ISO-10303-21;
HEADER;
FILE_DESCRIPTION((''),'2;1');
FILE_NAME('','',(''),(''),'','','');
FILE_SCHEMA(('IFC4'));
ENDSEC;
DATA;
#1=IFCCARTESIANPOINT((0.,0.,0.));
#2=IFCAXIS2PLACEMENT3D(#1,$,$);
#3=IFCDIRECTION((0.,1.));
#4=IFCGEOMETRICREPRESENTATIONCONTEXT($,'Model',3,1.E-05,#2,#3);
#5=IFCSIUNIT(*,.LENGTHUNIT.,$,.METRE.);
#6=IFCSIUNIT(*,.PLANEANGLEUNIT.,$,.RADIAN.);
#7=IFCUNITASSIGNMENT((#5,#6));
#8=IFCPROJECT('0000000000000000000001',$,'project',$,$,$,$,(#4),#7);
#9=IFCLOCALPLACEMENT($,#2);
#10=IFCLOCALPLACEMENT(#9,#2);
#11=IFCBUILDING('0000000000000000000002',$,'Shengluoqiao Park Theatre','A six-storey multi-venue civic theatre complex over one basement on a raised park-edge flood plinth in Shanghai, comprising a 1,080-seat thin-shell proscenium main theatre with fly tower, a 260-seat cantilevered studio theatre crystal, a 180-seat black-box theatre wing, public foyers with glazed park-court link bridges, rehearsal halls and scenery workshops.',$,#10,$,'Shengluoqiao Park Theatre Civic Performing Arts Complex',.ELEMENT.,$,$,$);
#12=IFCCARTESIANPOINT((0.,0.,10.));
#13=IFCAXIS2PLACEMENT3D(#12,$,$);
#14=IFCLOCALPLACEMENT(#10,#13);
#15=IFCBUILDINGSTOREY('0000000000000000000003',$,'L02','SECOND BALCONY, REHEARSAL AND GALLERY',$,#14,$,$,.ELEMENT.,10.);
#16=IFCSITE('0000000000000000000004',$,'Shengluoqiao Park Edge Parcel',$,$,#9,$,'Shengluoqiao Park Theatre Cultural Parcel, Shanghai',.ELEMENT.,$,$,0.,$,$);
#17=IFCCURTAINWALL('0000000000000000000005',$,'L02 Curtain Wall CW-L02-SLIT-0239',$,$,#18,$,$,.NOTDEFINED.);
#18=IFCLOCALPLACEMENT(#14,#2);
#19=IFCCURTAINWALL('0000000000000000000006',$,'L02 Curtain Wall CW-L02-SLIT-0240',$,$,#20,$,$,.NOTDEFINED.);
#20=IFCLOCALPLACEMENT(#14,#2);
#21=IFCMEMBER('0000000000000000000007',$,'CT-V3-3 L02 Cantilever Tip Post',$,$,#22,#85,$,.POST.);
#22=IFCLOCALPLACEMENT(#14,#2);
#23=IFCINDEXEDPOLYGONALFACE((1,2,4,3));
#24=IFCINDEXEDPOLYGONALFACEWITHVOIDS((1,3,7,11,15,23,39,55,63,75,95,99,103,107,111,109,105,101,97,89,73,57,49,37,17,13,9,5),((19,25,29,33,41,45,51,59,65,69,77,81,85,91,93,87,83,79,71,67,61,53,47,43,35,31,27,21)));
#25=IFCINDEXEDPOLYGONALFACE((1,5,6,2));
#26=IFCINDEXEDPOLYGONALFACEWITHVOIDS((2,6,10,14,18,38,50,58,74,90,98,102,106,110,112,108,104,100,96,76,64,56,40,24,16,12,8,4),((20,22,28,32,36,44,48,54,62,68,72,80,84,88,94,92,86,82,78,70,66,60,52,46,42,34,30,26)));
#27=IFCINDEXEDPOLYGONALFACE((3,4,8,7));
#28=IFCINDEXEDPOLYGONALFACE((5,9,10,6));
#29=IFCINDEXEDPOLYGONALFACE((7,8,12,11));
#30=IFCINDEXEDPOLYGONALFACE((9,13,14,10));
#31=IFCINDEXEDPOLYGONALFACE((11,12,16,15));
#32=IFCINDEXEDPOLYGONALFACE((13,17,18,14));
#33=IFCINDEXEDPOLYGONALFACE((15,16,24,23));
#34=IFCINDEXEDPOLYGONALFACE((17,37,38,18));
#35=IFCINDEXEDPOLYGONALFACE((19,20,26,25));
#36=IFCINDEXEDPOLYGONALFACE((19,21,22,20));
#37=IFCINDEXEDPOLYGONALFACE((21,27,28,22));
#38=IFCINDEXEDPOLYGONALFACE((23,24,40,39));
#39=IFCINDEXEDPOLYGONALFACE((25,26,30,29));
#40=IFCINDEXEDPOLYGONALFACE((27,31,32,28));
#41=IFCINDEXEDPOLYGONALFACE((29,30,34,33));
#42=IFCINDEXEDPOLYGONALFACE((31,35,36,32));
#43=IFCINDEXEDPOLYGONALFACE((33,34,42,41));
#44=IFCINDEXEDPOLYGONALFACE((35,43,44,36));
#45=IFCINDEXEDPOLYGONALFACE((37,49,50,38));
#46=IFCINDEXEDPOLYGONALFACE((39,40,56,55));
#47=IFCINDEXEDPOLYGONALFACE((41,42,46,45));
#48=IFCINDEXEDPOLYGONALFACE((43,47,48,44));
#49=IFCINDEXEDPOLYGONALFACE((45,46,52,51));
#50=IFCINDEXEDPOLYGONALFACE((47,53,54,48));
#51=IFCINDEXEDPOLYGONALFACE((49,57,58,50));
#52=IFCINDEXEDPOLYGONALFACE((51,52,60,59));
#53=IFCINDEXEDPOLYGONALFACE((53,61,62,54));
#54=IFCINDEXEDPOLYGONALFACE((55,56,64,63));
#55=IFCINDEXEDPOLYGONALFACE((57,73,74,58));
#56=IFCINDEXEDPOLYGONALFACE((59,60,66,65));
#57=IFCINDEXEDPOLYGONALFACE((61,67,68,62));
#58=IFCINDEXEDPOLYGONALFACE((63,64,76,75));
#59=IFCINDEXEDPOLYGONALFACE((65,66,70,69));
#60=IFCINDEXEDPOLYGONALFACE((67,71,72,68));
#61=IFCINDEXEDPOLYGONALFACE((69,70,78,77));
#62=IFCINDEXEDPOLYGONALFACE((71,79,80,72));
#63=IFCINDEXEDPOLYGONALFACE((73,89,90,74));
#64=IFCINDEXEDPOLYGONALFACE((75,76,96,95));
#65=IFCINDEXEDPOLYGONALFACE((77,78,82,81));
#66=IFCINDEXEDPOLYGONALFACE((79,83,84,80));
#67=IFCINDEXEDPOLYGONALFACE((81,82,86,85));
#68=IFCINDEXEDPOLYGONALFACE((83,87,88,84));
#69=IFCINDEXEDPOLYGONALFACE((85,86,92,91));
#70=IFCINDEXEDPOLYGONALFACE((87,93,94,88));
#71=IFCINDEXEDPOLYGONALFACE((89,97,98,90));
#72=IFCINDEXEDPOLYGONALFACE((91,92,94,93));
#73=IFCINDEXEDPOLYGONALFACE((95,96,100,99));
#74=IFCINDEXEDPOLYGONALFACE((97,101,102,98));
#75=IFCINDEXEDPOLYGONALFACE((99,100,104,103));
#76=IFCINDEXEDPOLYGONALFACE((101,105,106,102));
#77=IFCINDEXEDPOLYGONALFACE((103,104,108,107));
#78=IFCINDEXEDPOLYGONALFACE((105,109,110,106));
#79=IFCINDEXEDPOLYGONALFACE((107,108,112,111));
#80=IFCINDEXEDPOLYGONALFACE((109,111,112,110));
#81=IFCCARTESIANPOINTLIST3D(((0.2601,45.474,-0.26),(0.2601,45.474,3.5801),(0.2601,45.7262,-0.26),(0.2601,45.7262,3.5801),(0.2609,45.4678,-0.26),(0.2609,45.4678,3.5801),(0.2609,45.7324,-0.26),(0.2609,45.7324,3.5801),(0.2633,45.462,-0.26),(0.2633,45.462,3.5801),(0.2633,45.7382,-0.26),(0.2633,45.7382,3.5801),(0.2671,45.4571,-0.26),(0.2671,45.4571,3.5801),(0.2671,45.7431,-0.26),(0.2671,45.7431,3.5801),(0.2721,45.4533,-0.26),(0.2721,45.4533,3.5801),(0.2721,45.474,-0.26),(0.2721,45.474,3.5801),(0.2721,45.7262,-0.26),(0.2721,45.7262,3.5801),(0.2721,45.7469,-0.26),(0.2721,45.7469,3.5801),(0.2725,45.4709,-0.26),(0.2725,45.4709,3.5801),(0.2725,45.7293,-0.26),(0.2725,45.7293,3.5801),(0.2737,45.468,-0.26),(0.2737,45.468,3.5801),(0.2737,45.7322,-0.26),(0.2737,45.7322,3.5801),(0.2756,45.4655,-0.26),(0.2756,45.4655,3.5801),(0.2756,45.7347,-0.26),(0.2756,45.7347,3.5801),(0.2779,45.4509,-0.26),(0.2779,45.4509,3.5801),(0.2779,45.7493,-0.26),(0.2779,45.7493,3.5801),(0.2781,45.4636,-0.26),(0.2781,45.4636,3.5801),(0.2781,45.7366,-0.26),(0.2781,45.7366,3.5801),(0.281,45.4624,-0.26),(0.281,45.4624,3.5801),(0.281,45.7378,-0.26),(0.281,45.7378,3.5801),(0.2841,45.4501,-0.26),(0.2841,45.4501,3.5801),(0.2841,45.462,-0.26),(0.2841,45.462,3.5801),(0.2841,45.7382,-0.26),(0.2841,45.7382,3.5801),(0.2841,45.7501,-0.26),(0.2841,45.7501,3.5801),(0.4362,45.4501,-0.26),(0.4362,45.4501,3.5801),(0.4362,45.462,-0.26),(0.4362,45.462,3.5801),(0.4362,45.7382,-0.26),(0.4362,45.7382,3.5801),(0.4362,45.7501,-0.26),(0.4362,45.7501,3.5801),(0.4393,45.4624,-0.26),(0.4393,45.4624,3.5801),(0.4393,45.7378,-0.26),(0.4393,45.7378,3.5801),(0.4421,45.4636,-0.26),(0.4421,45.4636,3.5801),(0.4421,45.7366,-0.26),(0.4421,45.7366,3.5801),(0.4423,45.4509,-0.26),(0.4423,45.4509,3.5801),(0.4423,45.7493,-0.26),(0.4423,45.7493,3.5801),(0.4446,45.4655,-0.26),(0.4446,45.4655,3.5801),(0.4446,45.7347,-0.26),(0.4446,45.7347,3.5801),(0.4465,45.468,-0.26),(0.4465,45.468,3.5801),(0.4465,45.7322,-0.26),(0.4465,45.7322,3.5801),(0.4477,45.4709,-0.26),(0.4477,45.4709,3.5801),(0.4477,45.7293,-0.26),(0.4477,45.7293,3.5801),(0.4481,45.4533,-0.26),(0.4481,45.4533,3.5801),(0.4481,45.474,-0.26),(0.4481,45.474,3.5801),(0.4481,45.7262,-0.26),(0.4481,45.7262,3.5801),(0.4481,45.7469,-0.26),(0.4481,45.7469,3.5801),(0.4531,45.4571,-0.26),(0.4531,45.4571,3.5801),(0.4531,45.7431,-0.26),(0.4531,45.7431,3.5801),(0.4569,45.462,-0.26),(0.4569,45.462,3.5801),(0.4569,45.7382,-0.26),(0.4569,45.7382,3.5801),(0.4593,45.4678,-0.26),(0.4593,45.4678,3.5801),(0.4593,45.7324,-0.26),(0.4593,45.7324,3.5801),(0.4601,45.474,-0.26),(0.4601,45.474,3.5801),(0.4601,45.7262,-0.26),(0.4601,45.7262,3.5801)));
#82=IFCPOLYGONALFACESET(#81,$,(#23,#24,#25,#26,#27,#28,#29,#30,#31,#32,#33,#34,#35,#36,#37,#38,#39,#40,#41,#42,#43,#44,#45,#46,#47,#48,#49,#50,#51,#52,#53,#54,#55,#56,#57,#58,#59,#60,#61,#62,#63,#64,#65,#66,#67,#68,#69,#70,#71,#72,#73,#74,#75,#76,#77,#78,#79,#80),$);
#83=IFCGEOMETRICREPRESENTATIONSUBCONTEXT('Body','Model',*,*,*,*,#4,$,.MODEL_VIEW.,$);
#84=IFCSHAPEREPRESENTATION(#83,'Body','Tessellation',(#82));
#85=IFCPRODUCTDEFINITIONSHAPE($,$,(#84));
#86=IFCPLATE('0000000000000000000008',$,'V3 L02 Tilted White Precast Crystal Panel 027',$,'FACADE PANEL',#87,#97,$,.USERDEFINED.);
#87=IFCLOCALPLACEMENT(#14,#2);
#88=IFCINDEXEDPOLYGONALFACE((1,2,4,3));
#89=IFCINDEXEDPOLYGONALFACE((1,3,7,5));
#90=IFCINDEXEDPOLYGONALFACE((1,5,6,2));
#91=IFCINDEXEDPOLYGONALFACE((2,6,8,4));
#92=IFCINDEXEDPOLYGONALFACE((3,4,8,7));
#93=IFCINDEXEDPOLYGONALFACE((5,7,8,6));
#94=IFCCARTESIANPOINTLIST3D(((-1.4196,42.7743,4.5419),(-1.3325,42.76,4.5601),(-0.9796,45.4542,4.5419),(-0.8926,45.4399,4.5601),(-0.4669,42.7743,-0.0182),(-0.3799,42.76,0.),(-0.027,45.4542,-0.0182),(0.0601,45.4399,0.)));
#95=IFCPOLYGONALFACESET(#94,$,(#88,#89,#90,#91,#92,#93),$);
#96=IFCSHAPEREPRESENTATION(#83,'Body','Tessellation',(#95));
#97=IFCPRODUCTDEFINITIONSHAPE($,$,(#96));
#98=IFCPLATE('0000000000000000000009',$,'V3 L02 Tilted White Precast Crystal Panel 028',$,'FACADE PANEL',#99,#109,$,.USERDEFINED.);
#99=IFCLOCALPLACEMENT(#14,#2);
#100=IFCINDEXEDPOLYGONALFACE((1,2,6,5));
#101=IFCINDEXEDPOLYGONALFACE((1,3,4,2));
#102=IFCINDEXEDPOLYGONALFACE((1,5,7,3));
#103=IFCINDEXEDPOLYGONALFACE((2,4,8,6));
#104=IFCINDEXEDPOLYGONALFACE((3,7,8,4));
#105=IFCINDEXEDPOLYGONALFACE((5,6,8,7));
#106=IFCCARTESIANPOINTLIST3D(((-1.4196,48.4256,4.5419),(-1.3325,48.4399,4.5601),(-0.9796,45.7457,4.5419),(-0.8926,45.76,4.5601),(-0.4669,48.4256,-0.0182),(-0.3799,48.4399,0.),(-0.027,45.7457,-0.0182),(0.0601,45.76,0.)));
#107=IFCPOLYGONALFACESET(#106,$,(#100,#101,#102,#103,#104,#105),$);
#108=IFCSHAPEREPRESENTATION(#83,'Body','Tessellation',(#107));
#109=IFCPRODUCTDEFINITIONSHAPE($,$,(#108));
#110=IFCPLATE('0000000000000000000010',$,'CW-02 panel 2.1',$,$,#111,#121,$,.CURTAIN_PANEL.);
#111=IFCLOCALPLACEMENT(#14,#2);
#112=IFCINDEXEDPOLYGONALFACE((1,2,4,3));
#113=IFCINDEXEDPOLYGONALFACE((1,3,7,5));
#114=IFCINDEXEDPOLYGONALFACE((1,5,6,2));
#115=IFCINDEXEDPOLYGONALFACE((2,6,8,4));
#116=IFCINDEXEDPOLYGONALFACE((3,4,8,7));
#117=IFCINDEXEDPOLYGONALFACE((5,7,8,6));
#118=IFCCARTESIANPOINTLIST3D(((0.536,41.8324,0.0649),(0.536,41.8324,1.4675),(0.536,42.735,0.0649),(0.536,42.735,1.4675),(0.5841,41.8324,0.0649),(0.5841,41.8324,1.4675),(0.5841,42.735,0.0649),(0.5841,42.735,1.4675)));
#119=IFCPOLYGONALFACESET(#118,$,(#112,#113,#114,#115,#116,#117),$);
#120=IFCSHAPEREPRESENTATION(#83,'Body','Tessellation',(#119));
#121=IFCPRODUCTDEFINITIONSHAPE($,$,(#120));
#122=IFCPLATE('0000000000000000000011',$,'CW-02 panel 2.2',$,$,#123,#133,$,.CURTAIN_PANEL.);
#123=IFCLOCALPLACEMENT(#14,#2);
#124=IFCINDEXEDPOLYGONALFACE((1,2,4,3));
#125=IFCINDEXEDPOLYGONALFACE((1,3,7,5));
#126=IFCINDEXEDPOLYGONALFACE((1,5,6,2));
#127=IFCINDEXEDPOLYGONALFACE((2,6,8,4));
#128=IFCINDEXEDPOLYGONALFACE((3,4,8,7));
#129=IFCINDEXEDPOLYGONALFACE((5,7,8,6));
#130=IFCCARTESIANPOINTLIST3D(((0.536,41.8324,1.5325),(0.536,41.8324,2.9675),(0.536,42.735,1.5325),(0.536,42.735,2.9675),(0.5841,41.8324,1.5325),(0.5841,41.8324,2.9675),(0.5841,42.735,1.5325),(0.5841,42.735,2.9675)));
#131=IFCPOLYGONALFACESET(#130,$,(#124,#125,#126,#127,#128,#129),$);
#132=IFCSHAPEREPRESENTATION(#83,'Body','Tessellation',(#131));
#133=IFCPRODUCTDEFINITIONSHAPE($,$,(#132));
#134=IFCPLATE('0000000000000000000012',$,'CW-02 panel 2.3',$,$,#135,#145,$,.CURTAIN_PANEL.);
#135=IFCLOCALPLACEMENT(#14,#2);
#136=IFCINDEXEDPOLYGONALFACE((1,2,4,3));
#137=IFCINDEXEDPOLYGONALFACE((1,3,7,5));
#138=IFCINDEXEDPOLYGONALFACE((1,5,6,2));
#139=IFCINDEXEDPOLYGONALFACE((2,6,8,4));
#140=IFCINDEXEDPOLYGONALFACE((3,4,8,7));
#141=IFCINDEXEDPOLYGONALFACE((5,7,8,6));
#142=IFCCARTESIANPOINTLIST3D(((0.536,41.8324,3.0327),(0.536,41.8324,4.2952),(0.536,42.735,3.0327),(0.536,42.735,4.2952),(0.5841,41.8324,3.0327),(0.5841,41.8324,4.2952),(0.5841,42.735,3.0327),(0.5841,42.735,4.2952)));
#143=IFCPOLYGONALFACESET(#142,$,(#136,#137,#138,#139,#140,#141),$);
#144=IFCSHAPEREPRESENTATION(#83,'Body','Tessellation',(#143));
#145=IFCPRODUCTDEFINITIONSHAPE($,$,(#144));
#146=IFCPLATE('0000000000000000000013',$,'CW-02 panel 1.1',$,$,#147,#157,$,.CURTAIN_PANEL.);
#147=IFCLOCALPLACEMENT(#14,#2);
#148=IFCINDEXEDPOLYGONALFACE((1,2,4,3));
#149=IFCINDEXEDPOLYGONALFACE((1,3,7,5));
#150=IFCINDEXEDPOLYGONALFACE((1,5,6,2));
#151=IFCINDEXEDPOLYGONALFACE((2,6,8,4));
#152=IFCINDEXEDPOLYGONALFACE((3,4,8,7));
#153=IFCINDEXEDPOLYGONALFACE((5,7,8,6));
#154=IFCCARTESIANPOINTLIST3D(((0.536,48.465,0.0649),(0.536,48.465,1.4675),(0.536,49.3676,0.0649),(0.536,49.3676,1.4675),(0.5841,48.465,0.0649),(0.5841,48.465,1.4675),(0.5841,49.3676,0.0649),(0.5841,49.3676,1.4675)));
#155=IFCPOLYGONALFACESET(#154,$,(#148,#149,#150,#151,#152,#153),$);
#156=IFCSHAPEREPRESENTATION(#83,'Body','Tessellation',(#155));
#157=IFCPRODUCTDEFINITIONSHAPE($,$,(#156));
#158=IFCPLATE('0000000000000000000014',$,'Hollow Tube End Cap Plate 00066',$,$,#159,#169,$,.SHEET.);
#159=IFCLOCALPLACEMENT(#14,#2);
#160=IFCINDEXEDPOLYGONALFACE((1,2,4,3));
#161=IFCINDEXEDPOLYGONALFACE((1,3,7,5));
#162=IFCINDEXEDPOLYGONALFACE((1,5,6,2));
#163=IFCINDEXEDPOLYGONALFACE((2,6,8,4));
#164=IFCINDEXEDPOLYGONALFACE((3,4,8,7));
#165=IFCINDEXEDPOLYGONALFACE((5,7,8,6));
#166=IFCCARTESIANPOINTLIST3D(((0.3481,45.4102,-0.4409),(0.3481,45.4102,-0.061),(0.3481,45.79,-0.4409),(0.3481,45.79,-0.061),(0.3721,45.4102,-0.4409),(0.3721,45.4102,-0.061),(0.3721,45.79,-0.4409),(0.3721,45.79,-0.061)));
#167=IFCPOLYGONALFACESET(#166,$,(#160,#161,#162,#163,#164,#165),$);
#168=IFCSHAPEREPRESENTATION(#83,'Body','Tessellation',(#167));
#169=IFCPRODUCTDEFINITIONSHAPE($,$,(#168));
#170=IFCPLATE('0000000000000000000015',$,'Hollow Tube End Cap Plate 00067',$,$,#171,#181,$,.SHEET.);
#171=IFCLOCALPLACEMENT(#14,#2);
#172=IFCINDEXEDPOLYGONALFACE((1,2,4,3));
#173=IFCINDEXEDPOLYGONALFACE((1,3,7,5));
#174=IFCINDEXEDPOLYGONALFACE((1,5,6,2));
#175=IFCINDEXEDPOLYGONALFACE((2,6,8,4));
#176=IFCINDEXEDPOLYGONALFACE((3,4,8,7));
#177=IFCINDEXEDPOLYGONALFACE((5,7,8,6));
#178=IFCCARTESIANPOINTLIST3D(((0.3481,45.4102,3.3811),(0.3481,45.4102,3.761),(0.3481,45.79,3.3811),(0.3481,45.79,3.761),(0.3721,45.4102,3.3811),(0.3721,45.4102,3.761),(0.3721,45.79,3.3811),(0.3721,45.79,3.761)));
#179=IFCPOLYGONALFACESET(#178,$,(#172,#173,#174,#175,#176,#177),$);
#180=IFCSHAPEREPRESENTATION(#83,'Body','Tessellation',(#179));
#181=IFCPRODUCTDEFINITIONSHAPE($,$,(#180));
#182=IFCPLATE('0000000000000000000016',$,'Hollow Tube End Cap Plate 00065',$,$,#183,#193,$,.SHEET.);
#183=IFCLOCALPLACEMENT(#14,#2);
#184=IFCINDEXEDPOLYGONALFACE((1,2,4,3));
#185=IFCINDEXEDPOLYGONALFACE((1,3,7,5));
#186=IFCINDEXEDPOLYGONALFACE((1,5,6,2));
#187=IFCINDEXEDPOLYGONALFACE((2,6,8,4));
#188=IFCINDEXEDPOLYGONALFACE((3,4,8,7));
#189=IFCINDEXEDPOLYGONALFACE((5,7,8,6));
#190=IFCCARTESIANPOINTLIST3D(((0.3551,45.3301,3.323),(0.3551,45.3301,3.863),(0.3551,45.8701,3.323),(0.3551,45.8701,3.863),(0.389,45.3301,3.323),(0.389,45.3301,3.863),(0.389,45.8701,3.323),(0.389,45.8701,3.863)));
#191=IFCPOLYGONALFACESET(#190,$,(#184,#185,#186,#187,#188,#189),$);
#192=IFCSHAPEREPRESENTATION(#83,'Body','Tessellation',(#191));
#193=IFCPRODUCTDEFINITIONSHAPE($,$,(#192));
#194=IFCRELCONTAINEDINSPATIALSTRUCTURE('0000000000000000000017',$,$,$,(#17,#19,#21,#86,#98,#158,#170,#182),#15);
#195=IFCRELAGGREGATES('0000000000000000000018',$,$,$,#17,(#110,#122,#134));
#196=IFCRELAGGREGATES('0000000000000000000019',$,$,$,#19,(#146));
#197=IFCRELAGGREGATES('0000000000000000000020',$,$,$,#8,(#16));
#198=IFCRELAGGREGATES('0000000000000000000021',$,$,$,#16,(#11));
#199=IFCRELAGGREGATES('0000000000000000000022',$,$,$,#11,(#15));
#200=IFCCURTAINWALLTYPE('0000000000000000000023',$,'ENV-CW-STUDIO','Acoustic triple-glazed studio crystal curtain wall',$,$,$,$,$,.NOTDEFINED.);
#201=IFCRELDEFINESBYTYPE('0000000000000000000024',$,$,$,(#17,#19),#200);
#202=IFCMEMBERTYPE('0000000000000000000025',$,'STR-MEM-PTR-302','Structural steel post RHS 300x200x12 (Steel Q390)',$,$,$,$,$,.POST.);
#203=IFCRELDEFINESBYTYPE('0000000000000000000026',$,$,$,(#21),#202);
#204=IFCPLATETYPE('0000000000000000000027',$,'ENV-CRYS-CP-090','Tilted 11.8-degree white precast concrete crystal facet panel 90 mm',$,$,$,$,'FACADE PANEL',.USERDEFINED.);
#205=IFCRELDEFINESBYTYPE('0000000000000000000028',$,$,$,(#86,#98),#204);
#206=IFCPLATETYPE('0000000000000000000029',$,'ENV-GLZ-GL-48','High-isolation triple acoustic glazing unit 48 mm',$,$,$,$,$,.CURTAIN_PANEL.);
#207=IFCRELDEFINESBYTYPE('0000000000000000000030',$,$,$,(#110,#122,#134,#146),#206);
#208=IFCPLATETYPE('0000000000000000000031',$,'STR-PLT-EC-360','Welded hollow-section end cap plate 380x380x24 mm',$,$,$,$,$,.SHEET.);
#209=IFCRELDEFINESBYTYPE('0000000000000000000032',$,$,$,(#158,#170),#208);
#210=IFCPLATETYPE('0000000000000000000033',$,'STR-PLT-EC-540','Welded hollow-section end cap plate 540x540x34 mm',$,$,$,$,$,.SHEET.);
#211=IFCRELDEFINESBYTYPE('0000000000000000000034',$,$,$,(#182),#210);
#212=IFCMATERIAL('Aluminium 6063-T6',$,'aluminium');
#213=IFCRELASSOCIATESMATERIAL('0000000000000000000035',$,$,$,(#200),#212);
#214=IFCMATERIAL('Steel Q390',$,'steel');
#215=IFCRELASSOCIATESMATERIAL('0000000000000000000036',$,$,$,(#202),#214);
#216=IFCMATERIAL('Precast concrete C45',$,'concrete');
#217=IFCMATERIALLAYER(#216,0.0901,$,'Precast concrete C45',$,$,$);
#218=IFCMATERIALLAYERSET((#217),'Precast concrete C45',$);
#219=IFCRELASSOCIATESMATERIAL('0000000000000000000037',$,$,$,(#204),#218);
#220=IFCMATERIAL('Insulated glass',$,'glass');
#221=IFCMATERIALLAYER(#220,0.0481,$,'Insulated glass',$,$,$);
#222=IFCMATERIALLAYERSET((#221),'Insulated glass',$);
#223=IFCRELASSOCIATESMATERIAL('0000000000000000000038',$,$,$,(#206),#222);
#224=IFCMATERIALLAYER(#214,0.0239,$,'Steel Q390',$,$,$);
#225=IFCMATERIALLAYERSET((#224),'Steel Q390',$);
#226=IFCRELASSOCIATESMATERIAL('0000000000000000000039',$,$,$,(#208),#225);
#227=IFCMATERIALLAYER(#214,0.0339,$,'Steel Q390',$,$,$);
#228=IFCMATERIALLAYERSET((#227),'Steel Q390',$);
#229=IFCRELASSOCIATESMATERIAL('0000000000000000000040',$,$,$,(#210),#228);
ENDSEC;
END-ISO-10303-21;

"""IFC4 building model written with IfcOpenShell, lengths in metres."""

from ifc_helpers import new_model, si_unit, direction, frame, origin, origin_2d, place, context, subcontext, project, spatial, polyline, rectangle, hollow_rectangle, outline, extrude, material, layer, layer_set, material_profile, profile_set, type_object, element, aggregate, save


model = new_model("IFC4")

# Units and contexts
model_context = context("Model", 3, precision=1e-05, world=origin(), true_north=direction((0.0, 1.0)))
body_context = subcontext(model_context, "Body", "Model", "MODEL_VIEW")
ifc_project = project(units=[si_unit("LENGTHUNIT", "METRE"), si_unit("PLANEANGLEUNIT", "RADIAN")], contexts=[model_context])

# Site, building, storey
site_placement = place(None, origin())
site = spatial("IfcSite", under=ifc_project, at=site_placement, Name="Shengluoqiao Park Edge Parcel", LongName="Shengluoqiao Park Theatre Cultural Parcel, Shanghai", CompositionType="ELEMENT", RefElevation=0.0)
building_placement = place(site_placement, origin())
building = spatial("IfcBuilding", under=site, at=building_placement, Name="Shengluoqiao Park Theatre", Description="A six-storey multi-venue civic theatre complex over one basement on a raised park-edge flood plinth in Shanghai, comprising a 1,080-seat thin-shell proscenium main theatre with fly tower, a 260-seat cantilevered studio theatre crystal, a 180-seat black-box theatre wing, public foyers with glazed park-court link bridges, rehearsal halls and scenery workshops.", LongName="Shengluoqiao Park Theatre Civic Performing Arts Complex", CompositionType="ELEMENT")
storey_placement = place(building_placement, frame((0.0, 0.0, 10.0)))
storey = spatial("IfcBuildingStorey", under=building, at=storey_placement, Name="L02", Description="SECOND BALCONY, REHEARSAL AND GALLERY", CompositionType="ELEMENT", Elevation=10.0)

# Curtain walls
ifc_material_1 = material(Name="Aluminium 6063-T6", Category="aluminium")
curtain_wall_type = type_object("IfcCurtainWallType", Name="ENV-CW-STUDIO", Description="Acoustic triple-glazed studio crystal curtain wall", PredefinedType="NOTDEFINED", material=ifc_material_1)
curtain_wall_1_placement = place(storey_placement, origin())
curtain_wall_1 = element("IfcCurtainWall", 1, at=curtain_wall_1_placement, inside=storey, type_object=curtain_wall_type, Name="L02 Curtain Wall CW-L02-SLIT-0239", PredefinedType="NOTDEFINED")
curtain_wall_2_placement = place(storey_placement, origin())
curtain_wall_2 = element("IfcCurtainWall", 2, at=curtain_wall_2_placement, inside=storey, type_object=curtain_wall_type, Name="L02 Curtain Wall CW-L02-SLIT-0240", PredefinedType="NOTDEFINED")

# Shared definitions
ifc_material_2 = material(Name="Steel Q390", Category="steel")

# Member
ifc_material_profile_1 = material_profile(ifc_material_2, hollow_rectangle(XDim=0.2, YDim=0.3, WallThickness=0.012, InnerFilletRadius=0.012, OuterFilletRadius=0.0239, at=origin_2d()), Name="RHS 300x200x12")
ifc_profile_set_1 = profile_set([ifc_material_profile_1], Name="Steel Q390")
member_type_1 = type_object("IfcMemberType", Name="STR-MEM-PTR-302", Description="Structural steel post RHS 300x200x12 (Steel Q390)", PredefinedType="POST", material=ifc_profile_set_1)
member_1_placement = place(storey_placement, frame((0.3601, 45.6001, -0.26), z_axis=(0.0, 0.0, 1.0), x_axis=(1.0, 0.0, 0.0)))
element("IfcMember", 3, at=member_1_placement, inside=storey, type_object=member_type_1, Name="CT-V3-3 L02 Cantilever Tip Post", PredefinedType="POST", context=body_context, shape_type="SweptSolid", body=[
    extrude(hollow_rectangle(XDim=0.2, YDim=0.3, WallThickness=0.012, InnerFilletRadius=0.012, OuterFilletRadius=0.0239, at=origin_2d()), origin(), (0.0, 0.0, 1.0), 3.8401),
])

# Plates
ifc_material_3 = material(Name="Precast concrete C45", Category="concrete")
ifc_layer_1 = layer(ifc_material_3, 0.0901, Name="Precast concrete C45")
ifc_layer_set_1 = layer_set([ifc_layer_1], Name="Precast concrete C45")
plate_type_1 = type_object("IfcPlateType", Name="ENV-CRYS-CP-090", Description="Tilted 11.8-degree white precast concrete crystal facet panel 90 mm", ElementType="FACADE PANEL", PredefinedType="USERDEFINED", material=ifc_layer_set_1)
plate_1_placement = place(storey_placement, frame((-0.3799, 42.76, 0.0), z_axis=(0.966469, -0.158657, 0.201904), x_axis=(0.161993, 0.986792, 0.0)))
element("IfcPlate", 4, at=plate_1_placement, inside=storey, type_object=plate_type_1, Name="V3 L02 Tilted White Precast Crystal Panel 027", ObjectType="FACADE PANEL", PredefinedType="USERDEFINED", context=body_context, shape_type="SweptSolid", body=[
    extrude(outline(polyline([(0.0, 0.0), (2.7158, 0.0), (2.5615, 4.6559), (-0.1543, 4.6559), (0.0, 0.0)])), origin(), (0.0, 0.0, -1.0), 0.0901),
])
plate_2_placement = place(storey_placement, frame((0.0601, 45.76, 0.0), z_axis=(0.966469, 0.158657, 0.201904), x_axis=(-0.161993, 0.986792, 0.0)))
element("IfcPlate", 5, at=plate_2_placement, inside=storey, type_object=plate_type_1, Name="V3 L02 Tilted White Precast Crystal Panel 028", ObjectType="FACADE PANEL", PredefinedType="USERDEFINED", context=body_context, shape_type="SweptSolid", body=[
    extrude(outline(polyline([(0.0, 0.0), (2.7158, 0.0), (2.8701, 4.6559), (0.1543, 4.6559), (0.0, 0.0)])), origin(), (0.0, 0.0, -1.0), 0.0901),
])

# Plates
ifc_material_4 = material(Name="Insulated glass", Category="glass")
ifc_layer_2 = layer(ifc_material_4, 0.0481, Name="Insulated glass")
ifc_layer_set_2 = layer_set([ifc_layer_2], Name="Insulated glass")
plate_type_2 = type_object("IfcPlateType", Name="ENV-GLZ-GL-48", Description="High-isolation triple acoustic glazing unit 48 mm", PredefinedType="CURTAIN_PANEL", material=ifc_layer_set_2)
plate_3_placement = place(storey_placement, frame((0.5601, 42.2837, 0.0649), z_axis=(0.0, 0.0, 1.0), x_axis=(0.0, 1.0, 0.0)))
plate_3 = element("IfcPlate", 6, at=plate_3_placement, type_object=plate_type_2, Name="CW-02 panel 2.1", PredefinedType="CURTAIN_PANEL", context=body_context, shape_type="SweptSolid", body=[
    extrude(rectangle(XDim=0.9026, YDim=0.0481, at=origin_2d()), origin(), (0.0, 0.0, 1.0), 1.4026),
])
plate_4_placement = place(storey_placement, frame((0.5601, 42.2837, 1.5325), z_axis=(0.0, 0.0, 1.0), x_axis=(0.0, 1.0, 0.0)))
plate_4 = element("IfcPlate", 7, at=plate_4_placement, type_object=plate_type_2, Name="CW-02 panel 2.2", PredefinedType="CURTAIN_PANEL", context=body_context, shape_type="SweptSolid", body=[
    extrude(rectangle(XDim=0.9026, YDim=0.0481, at=origin_2d()), origin(), (0.0, 0.0, 1.0), 1.4351),
])
plate_5_placement = place(storey_placement, frame((0.5601, 42.2837, 3.0327), z_axis=(0.0, 0.0, 1.0), x_axis=(0.0, 1.0, 0.0)))
plate_5 = element("IfcPlate", 8, at=plate_5_placement, type_object=plate_type_2, Name="CW-02 panel 2.3", PredefinedType="CURTAIN_PANEL", context=body_context, shape_type="SweptSolid", body=[
    extrude(rectangle(XDim=0.9026, YDim=0.0481, at=origin_2d()), origin(), (0.0, 0.0, 1.0), 1.2625),
])
aggregate(curtain_wall_1, [plate_3, plate_4, plate_5])
plate_6_placement = place(storey_placement, frame((0.5601, 48.9163, 0.0649), z_axis=(0.0, 0.0, 1.0), x_axis=(0.0, 1.0, 0.0)))
plate_6 = element("IfcPlate", 9, at=plate_6_placement, type_object=plate_type_2, Name="CW-02 panel 1.1", PredefinedType="CURTAIN_PANEL", context=body_context, shape_type="SweptSolid", body=[
    extrude(rectangle(XDim=0.9026, YDim=0.0481, at=origin_2d()), origin(), (0.0, 0.0, 1.0), 1.4026),
])
aggregate(curtain_wall_2, [plate_6])

# Plates
ifc_layer_3 = layer(ifc_material_2, 0.0239, Name="Steel Q390")
ifc_layer_set_3 = layer_set([ifc_layer_3], Name="Steel Q390")
plate_type_3 = type_object("IfcPlateType", Name="STR-PLT-EC-360", Description="Welded hollow-section end cap plate 380x380x24 mm", PredefinedType="SHEET", material=ifc_layer_set_3)
for number, where, z_axis, x_axis, name in (
    (10, (0.3601, 45.6001, -0.4409), (0.0, 0.0, 1.0), (1.0, 0.0, 0.0), "Hollow Tube End Cap Plate 00066"),
    (11, (0.3601, 45.6001, 3.3811), (0.0, 0.0, 1.0), (1.0, 0.0, 0.0), "Hollow Tube End Cap Plate 00067"),
):
    element("IfcPlate", number, at=place(storey_placement, frame(where, z_axis=z_axis, x_axis=x_axis)), inside=storey, type_object=plate_type_3, Name=name, PredefinedType="SHEET", context=body_context, shape_type="SweptSolid", body=[
        extrude(rectangle(XDim=0.0239, YDim=0.3799, at=origin_2d()), origin(), (0.0, 0.0, 1.0), 0.3799),
    ])
ifc_layer_4 = layer(ifc_material_2, 0.0339, Name="Steel Q390")
ifc_layer_set_4 = layer_set([ifc_layer_4], Name="Steel Q390")
plate_type_4 = type_object("IfcPlateType", Name="STR-PLT-EC-540", Description="Welded hollow-section end cap plate 540x540x34 mm", PredefinedType="SHEET", material=ifc_layer_set_4)
plate_7_placement = place(storey_placement, frame((0.3721, 45.6001, 3.323), z_axis=(0.0, 0.0, 1.0), x_axis=(-1.0, 0.0, 0.0)))
element("IfcPlate", 12, at=plate_7_placement, inside=storey, type_object=plate_type_4, Name="Hollow Tube End Cap Plate 00065", PredefinedType="SHEET", context=body_context, shape_type="SweptSolid", body=[
    extrude(rectangle(XDim=0.0339, YDim=0.54, at=origin_2d()), origin(), (0.0, 0.0, 1.0), 0.54),
])

save(model, "model.ifc")
